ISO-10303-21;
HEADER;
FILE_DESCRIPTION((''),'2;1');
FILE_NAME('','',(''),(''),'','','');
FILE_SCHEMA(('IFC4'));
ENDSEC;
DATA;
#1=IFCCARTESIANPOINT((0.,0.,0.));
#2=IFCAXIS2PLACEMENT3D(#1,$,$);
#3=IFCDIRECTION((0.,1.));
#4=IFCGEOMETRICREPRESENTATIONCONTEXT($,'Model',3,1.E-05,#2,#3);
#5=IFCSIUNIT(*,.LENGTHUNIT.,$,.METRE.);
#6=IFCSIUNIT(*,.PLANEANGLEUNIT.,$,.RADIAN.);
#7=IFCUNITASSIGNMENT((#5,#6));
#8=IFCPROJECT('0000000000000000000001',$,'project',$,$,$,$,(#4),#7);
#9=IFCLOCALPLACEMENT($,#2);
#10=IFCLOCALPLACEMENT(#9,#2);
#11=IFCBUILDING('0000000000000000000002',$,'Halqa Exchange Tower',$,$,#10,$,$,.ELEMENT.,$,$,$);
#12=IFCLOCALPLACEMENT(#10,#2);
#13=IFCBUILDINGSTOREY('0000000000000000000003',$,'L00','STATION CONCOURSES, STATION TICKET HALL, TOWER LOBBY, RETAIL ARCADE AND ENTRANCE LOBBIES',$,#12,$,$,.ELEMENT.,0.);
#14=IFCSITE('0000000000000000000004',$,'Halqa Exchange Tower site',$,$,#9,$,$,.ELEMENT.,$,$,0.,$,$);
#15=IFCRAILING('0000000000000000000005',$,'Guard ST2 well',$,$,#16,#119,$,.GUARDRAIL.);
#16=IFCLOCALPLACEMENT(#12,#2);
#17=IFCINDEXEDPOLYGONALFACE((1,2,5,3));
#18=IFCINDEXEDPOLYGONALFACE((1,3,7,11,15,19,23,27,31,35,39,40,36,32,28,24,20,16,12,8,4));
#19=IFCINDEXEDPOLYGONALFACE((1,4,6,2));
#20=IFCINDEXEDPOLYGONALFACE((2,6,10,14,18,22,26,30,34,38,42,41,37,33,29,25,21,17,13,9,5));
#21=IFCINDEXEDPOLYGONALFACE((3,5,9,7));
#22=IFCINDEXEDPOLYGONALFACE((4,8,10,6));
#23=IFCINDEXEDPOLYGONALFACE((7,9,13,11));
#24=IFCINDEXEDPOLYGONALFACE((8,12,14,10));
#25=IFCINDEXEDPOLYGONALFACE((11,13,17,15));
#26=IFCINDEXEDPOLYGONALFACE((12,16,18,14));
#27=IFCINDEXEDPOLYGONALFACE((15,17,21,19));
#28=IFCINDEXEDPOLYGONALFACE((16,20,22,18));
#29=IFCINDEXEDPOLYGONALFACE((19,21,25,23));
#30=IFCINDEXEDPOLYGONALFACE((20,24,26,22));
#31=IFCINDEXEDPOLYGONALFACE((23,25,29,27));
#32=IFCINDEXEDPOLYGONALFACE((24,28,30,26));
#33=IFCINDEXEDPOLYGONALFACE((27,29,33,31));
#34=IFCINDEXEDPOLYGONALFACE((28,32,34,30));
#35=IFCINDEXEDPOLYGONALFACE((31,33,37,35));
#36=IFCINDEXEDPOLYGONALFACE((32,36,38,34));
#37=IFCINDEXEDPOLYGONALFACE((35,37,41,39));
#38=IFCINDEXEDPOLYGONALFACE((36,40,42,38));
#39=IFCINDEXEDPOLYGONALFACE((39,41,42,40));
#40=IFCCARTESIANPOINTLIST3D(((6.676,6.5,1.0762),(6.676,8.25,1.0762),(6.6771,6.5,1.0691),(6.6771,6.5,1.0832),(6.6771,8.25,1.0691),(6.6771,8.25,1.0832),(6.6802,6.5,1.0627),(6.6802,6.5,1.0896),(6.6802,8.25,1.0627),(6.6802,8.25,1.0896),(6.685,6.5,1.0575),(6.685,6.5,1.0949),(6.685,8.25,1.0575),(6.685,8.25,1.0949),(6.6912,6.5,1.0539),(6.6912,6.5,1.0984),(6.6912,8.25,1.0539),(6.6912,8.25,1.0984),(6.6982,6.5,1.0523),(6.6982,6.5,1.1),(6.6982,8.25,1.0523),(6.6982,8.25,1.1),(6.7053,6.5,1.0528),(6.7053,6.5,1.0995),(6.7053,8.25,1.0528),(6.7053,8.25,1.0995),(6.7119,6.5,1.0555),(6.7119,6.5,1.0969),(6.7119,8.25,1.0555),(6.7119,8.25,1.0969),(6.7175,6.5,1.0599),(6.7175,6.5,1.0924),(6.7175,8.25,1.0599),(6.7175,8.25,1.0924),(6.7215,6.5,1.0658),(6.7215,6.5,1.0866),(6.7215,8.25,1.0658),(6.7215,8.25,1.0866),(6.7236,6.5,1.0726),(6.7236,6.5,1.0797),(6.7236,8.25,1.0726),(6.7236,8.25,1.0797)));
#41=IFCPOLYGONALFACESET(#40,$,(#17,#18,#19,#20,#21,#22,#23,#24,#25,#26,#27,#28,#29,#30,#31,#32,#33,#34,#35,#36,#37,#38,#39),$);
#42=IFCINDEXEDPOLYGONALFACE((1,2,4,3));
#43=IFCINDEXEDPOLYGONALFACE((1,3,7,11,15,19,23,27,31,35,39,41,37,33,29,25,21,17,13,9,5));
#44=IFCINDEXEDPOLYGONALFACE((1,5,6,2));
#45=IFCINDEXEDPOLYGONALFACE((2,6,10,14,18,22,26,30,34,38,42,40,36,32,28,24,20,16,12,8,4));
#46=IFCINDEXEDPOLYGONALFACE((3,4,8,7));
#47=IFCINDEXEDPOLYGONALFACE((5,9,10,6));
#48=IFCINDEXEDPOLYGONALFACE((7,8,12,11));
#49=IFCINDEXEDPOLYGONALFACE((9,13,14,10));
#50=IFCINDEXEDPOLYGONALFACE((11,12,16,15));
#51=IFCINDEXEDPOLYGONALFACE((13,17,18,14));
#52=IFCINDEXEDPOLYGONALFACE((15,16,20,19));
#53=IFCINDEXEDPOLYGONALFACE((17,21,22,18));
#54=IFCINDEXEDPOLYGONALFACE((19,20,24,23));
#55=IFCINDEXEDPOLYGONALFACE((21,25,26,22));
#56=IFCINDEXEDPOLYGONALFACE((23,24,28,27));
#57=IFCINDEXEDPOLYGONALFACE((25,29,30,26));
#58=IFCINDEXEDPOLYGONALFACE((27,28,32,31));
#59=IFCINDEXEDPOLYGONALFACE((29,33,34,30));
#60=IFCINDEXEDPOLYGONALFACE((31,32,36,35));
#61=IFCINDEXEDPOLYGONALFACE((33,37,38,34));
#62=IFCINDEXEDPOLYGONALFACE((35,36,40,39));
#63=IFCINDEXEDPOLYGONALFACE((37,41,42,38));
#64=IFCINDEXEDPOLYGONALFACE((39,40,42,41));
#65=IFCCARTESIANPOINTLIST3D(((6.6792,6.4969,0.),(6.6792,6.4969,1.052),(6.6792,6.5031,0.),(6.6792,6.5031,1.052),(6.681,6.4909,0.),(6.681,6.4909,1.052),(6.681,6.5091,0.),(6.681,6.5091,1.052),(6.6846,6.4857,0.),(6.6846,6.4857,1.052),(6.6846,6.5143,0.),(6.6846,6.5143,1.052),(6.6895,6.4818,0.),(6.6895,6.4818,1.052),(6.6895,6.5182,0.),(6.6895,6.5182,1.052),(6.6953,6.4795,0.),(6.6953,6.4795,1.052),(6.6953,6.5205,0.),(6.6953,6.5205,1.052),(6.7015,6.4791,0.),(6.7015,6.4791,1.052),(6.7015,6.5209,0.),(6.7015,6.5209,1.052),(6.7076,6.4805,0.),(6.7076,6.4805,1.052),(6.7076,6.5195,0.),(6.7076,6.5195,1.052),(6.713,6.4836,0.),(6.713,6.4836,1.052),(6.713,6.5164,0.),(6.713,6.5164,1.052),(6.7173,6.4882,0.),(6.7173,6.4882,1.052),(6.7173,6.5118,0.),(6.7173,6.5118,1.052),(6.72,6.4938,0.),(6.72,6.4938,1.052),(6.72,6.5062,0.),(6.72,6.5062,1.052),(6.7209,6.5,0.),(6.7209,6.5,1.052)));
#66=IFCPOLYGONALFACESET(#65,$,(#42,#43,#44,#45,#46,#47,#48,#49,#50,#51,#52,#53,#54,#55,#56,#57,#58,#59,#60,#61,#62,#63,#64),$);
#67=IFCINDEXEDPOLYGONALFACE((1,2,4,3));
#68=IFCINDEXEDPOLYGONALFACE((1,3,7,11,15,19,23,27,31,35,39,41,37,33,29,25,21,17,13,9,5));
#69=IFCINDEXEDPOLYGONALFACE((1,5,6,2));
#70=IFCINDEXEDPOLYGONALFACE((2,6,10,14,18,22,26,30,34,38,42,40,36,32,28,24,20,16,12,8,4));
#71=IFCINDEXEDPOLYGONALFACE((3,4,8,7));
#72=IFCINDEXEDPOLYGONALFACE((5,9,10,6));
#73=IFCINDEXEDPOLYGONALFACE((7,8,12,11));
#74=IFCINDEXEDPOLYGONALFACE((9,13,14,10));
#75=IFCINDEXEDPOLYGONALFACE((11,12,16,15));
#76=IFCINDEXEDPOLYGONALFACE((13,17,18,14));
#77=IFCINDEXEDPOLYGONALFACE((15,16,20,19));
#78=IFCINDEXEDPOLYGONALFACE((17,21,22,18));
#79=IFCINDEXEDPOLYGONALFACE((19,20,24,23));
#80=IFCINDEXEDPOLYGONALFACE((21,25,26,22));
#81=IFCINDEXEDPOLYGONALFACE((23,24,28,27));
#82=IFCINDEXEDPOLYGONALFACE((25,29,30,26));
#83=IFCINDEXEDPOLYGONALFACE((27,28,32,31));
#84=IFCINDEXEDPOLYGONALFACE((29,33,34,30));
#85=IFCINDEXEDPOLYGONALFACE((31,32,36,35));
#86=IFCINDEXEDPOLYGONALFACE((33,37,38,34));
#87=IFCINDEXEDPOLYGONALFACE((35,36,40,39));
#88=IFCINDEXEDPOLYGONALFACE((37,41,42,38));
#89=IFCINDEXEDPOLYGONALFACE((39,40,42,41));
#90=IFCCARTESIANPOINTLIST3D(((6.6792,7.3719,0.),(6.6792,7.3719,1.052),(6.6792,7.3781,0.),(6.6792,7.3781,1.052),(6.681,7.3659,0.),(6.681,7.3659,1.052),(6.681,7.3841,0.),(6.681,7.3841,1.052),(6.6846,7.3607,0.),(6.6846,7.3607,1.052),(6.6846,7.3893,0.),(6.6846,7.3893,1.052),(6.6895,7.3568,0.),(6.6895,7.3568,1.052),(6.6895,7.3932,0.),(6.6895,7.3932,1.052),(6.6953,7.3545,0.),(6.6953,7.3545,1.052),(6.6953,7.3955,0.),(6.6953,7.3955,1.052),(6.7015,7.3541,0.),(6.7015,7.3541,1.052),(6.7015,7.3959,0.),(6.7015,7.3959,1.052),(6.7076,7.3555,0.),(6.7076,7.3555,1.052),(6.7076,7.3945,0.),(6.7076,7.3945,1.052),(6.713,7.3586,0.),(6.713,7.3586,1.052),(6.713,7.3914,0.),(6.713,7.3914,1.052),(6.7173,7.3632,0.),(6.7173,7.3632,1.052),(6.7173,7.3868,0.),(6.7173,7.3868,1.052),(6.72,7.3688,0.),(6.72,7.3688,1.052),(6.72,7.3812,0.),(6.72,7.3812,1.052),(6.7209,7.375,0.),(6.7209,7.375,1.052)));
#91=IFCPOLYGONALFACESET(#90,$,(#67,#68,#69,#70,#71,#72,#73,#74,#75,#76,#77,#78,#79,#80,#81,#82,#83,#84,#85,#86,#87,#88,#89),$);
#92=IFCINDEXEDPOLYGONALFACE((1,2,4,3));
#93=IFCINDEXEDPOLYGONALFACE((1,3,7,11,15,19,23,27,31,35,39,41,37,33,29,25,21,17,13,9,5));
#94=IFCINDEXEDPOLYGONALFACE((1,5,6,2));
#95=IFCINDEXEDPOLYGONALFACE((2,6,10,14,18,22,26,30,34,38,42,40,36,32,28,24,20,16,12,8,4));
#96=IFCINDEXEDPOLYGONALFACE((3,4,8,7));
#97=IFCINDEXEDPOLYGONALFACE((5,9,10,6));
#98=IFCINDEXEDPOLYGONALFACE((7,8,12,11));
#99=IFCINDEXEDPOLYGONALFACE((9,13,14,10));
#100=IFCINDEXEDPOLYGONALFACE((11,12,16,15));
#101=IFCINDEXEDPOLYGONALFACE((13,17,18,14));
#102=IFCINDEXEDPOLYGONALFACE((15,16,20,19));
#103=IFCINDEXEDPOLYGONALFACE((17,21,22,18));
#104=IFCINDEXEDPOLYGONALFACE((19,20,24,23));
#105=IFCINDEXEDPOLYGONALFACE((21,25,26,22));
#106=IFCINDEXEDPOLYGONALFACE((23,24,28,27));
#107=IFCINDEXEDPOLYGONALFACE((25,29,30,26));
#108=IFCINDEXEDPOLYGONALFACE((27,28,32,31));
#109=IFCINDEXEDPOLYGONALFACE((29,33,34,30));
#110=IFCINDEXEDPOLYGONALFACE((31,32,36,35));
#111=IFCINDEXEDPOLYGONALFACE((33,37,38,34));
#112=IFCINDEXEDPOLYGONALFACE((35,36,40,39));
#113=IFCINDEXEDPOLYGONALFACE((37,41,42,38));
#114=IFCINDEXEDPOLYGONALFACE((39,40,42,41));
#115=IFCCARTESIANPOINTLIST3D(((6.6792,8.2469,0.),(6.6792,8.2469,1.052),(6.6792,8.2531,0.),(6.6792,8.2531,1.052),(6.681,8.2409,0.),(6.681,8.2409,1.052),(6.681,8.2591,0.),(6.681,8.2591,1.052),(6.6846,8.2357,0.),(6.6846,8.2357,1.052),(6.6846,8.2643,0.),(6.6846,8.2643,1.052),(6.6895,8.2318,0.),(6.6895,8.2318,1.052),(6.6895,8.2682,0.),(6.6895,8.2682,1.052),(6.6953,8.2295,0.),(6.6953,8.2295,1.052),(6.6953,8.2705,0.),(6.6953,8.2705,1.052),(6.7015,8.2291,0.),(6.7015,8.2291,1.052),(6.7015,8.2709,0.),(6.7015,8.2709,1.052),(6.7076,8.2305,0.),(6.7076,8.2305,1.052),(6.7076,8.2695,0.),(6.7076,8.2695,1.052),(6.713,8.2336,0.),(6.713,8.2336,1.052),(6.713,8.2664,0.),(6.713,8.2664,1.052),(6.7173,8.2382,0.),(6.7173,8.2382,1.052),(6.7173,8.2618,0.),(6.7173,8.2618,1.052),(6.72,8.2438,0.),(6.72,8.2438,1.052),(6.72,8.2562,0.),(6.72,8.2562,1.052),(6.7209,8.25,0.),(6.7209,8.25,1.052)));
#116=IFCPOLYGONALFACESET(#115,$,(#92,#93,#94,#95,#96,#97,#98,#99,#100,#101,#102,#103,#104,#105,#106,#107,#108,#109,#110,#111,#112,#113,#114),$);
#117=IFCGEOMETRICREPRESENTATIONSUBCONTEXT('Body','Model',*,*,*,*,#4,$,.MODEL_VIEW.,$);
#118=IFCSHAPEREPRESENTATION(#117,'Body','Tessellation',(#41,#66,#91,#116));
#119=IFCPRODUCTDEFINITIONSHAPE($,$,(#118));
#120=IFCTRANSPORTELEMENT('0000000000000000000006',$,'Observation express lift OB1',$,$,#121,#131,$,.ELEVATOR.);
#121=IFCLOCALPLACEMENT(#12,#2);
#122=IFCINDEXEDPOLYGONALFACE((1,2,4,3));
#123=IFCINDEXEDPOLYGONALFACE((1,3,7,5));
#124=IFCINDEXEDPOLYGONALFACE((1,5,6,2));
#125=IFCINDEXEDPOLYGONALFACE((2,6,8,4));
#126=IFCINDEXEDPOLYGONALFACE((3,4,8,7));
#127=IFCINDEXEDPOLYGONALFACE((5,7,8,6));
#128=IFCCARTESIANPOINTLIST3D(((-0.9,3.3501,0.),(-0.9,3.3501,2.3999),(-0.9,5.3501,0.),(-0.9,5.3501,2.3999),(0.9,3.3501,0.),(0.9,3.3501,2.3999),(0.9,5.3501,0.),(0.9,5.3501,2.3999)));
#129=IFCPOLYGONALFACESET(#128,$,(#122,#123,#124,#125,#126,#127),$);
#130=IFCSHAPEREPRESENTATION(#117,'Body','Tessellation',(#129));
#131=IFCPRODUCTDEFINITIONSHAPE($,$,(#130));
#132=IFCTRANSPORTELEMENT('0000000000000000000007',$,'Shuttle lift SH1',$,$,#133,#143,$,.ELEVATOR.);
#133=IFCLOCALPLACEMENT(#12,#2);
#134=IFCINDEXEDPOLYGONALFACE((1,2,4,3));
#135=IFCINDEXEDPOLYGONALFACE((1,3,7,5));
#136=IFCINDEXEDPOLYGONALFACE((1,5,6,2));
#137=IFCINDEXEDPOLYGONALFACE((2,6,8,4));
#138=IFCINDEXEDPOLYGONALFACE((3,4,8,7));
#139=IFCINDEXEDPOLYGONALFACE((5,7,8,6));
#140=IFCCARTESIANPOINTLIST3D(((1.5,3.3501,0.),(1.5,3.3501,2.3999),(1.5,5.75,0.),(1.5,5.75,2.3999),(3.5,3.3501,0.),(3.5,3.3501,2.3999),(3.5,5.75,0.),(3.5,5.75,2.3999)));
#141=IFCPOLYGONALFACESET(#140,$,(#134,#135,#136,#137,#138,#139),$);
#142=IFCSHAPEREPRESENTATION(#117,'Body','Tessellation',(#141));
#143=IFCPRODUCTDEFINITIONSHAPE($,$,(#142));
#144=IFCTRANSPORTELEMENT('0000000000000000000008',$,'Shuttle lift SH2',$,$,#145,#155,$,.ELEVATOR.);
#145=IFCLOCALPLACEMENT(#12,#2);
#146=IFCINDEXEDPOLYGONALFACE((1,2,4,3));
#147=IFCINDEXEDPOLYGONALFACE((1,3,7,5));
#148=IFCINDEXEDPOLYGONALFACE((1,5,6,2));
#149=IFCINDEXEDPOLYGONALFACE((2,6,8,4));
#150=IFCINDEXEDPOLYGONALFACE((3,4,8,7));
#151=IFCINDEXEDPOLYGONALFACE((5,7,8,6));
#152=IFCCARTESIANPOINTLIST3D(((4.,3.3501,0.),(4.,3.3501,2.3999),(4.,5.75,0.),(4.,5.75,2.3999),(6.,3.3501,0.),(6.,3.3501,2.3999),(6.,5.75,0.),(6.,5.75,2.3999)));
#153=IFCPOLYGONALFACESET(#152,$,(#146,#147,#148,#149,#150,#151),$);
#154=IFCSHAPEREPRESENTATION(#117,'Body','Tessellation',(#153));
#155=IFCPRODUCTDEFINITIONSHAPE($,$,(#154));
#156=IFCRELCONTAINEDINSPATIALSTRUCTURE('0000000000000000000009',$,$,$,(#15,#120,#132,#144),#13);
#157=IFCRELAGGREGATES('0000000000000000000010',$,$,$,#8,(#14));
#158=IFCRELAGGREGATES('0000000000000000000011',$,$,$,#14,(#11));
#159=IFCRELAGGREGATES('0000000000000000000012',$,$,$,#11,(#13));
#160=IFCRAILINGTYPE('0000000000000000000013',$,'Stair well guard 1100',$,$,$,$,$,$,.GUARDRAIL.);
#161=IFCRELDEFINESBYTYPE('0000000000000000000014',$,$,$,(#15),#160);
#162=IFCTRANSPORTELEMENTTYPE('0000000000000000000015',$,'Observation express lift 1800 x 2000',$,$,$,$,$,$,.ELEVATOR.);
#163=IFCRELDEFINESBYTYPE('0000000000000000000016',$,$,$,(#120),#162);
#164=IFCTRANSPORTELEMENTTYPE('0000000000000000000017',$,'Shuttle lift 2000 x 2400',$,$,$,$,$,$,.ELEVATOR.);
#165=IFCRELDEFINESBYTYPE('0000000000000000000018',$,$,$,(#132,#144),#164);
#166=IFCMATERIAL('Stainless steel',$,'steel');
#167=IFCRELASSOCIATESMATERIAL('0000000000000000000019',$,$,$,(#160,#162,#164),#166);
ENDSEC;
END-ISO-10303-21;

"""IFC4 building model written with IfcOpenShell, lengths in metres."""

from ifc_helpers import new_model, si_unit, direction, frame, origin, origin_2d, place, context, subcontext, project, spatial, rectangle, circle, extrude, material, type_object, element, save


model = new_model("IFC4")

# Units and contexts
model_context = context("Model", 3, precision=1e-05, world=origin(), true_north=direction((0.0, 1.0)))
body_context = subcontext(model_context, "Body", "Model", "MODEL_VIEW")
ifc_project = project(units=[si_unit("LENGTHUNIT", "METRE"), si_unit("PLANEANGLEUNIT", "RADIAN")], contexts=[model_context])

# Site, building, storey
site_placement = place(None, origin())
site = spatial("IfcSite", under=ifc_project, at=site_placement, Name="Halqa Exchange Tower site", CompositionType="ELEMENT", RefElevation=0.0)
building_placement = place(site_placement, origin())
building = spatial("IfcBuilding", under=site, at=building_placement, Name="Halqa Exchange Tower", CompositionType="ELEMENT")
storey_placement = place(building_placement, origin())
storey = spatial("IfcBuildingStorey", under=building, at=storey_placement, Name="L00", Description="STATION CONCOURSES, STATION TICKET HALL, TOWER LOBBY, RETAIL ARCADE AND ENTRANCE LOBBIES", CompositionType="ELEMENT", Elevation=0.0)

# Railing
ifc_material_1 = material(Name="Stainless steel", Category="steel")
railing_type_1 = type_object("IfcRailingType", Name="Stair well guard 1100", PredefinedType="GUARDRAIL", material=ifc_material_1)
railing_1_placement = place(storey_placement, frame((6.7, 6.5, 0.0)))
element("IfcRailing", 1, at=railing_1_placement, inside=storey, type_object=railing_type_1, Name="Guard ST2 well", PredefinedType="GUARDRAIL", context=body_context, shape_type="SweptSolid", body=[
    extrude(circle(Radius=0.0239, at=origin_2d()), frame((0.0, 0.0, 1.0762), z_axis=(0.0, 1.0, 0.0), x_axis=(-1.0, 0.0, 0.0)), (0.0, 0.0, 1.0), 1.75),
    extrude(circle(Radius=0.021, at=origin_2d()), origin(), (0.0, 0.0, 1.0), 1.052),
    extrude(circle(Radius=0.021, at=origin_2d()), frame((0.0, 0.875, 0.0)), (0.0, 0.0, 1.0), 1.052),
    extrude(circle(Radius=0.021, at=origin_2d()), frame((0.0, 1.75, 0.0)), (0.0, 0.0, 1.0), 1.052),
])

# Transport elements
transport_element_type_1 = type_object("IfcTransportElementType", Name="Observation express lift 1800 x 2000", PredefinedType="ELEVATOR", material=ifc_material_1)
transport_element_placement = place(storey_placement, frame((0.0, 4.3501, 0.0), z_axis=(0.0, 0.0, 1.0), x_axis=(1.0, 0.0, 0.0)))
element("IfcTransportElement", 2, at=transport_element_placement, inside=storey, type_object=transport_element_type_1, Name="Observation express lift OB1", PredefinedType="ELEVATOR", context=body_context, shape_type="SweptSolid", body=[
    extrude(rectangle(XDim=1.8, YDim=2.0, at=origin_2d()), origin(), (0.0, 0.0, 1.0), 2.3999),
])
transport_element_type_2 = type_object("IfcTransportElementType", Name="Shuttle lift 2000 x 2400", PredefinedType="ELEVATOR", material=ifc_material_1)
for number, where, z_axis, x_axis, name in (
    (3, (2.5, 4.55, 0.0), (0.0, 0.0, 1.0), (1.0, 0.0, 0.0), "Shuttle lift SH1"),
    (4, (5.0, 4.55, 0.0), (0.0, 0.0, 1.0), (1.0, 0.0, 0.0), "Shuttle lift SH2"),
):
    element("IfcTransportElement", number, at=place(storey_placement, frame(where, z_axis=z_axis, x_axis=x_axis)), inside=storey, type_object=transport_element_type_2, Name=name, PredefinedType="ELEVATOR", context=body_context, shape_type="SweptSolid", body=[
        extrude(rectangle(XDim=2.0, YDim=2.3999, at=origin_2d()), origin(), (0.0, 0.0, 1.0), 2.3999),
    ])

save(model, "model.ifc")
